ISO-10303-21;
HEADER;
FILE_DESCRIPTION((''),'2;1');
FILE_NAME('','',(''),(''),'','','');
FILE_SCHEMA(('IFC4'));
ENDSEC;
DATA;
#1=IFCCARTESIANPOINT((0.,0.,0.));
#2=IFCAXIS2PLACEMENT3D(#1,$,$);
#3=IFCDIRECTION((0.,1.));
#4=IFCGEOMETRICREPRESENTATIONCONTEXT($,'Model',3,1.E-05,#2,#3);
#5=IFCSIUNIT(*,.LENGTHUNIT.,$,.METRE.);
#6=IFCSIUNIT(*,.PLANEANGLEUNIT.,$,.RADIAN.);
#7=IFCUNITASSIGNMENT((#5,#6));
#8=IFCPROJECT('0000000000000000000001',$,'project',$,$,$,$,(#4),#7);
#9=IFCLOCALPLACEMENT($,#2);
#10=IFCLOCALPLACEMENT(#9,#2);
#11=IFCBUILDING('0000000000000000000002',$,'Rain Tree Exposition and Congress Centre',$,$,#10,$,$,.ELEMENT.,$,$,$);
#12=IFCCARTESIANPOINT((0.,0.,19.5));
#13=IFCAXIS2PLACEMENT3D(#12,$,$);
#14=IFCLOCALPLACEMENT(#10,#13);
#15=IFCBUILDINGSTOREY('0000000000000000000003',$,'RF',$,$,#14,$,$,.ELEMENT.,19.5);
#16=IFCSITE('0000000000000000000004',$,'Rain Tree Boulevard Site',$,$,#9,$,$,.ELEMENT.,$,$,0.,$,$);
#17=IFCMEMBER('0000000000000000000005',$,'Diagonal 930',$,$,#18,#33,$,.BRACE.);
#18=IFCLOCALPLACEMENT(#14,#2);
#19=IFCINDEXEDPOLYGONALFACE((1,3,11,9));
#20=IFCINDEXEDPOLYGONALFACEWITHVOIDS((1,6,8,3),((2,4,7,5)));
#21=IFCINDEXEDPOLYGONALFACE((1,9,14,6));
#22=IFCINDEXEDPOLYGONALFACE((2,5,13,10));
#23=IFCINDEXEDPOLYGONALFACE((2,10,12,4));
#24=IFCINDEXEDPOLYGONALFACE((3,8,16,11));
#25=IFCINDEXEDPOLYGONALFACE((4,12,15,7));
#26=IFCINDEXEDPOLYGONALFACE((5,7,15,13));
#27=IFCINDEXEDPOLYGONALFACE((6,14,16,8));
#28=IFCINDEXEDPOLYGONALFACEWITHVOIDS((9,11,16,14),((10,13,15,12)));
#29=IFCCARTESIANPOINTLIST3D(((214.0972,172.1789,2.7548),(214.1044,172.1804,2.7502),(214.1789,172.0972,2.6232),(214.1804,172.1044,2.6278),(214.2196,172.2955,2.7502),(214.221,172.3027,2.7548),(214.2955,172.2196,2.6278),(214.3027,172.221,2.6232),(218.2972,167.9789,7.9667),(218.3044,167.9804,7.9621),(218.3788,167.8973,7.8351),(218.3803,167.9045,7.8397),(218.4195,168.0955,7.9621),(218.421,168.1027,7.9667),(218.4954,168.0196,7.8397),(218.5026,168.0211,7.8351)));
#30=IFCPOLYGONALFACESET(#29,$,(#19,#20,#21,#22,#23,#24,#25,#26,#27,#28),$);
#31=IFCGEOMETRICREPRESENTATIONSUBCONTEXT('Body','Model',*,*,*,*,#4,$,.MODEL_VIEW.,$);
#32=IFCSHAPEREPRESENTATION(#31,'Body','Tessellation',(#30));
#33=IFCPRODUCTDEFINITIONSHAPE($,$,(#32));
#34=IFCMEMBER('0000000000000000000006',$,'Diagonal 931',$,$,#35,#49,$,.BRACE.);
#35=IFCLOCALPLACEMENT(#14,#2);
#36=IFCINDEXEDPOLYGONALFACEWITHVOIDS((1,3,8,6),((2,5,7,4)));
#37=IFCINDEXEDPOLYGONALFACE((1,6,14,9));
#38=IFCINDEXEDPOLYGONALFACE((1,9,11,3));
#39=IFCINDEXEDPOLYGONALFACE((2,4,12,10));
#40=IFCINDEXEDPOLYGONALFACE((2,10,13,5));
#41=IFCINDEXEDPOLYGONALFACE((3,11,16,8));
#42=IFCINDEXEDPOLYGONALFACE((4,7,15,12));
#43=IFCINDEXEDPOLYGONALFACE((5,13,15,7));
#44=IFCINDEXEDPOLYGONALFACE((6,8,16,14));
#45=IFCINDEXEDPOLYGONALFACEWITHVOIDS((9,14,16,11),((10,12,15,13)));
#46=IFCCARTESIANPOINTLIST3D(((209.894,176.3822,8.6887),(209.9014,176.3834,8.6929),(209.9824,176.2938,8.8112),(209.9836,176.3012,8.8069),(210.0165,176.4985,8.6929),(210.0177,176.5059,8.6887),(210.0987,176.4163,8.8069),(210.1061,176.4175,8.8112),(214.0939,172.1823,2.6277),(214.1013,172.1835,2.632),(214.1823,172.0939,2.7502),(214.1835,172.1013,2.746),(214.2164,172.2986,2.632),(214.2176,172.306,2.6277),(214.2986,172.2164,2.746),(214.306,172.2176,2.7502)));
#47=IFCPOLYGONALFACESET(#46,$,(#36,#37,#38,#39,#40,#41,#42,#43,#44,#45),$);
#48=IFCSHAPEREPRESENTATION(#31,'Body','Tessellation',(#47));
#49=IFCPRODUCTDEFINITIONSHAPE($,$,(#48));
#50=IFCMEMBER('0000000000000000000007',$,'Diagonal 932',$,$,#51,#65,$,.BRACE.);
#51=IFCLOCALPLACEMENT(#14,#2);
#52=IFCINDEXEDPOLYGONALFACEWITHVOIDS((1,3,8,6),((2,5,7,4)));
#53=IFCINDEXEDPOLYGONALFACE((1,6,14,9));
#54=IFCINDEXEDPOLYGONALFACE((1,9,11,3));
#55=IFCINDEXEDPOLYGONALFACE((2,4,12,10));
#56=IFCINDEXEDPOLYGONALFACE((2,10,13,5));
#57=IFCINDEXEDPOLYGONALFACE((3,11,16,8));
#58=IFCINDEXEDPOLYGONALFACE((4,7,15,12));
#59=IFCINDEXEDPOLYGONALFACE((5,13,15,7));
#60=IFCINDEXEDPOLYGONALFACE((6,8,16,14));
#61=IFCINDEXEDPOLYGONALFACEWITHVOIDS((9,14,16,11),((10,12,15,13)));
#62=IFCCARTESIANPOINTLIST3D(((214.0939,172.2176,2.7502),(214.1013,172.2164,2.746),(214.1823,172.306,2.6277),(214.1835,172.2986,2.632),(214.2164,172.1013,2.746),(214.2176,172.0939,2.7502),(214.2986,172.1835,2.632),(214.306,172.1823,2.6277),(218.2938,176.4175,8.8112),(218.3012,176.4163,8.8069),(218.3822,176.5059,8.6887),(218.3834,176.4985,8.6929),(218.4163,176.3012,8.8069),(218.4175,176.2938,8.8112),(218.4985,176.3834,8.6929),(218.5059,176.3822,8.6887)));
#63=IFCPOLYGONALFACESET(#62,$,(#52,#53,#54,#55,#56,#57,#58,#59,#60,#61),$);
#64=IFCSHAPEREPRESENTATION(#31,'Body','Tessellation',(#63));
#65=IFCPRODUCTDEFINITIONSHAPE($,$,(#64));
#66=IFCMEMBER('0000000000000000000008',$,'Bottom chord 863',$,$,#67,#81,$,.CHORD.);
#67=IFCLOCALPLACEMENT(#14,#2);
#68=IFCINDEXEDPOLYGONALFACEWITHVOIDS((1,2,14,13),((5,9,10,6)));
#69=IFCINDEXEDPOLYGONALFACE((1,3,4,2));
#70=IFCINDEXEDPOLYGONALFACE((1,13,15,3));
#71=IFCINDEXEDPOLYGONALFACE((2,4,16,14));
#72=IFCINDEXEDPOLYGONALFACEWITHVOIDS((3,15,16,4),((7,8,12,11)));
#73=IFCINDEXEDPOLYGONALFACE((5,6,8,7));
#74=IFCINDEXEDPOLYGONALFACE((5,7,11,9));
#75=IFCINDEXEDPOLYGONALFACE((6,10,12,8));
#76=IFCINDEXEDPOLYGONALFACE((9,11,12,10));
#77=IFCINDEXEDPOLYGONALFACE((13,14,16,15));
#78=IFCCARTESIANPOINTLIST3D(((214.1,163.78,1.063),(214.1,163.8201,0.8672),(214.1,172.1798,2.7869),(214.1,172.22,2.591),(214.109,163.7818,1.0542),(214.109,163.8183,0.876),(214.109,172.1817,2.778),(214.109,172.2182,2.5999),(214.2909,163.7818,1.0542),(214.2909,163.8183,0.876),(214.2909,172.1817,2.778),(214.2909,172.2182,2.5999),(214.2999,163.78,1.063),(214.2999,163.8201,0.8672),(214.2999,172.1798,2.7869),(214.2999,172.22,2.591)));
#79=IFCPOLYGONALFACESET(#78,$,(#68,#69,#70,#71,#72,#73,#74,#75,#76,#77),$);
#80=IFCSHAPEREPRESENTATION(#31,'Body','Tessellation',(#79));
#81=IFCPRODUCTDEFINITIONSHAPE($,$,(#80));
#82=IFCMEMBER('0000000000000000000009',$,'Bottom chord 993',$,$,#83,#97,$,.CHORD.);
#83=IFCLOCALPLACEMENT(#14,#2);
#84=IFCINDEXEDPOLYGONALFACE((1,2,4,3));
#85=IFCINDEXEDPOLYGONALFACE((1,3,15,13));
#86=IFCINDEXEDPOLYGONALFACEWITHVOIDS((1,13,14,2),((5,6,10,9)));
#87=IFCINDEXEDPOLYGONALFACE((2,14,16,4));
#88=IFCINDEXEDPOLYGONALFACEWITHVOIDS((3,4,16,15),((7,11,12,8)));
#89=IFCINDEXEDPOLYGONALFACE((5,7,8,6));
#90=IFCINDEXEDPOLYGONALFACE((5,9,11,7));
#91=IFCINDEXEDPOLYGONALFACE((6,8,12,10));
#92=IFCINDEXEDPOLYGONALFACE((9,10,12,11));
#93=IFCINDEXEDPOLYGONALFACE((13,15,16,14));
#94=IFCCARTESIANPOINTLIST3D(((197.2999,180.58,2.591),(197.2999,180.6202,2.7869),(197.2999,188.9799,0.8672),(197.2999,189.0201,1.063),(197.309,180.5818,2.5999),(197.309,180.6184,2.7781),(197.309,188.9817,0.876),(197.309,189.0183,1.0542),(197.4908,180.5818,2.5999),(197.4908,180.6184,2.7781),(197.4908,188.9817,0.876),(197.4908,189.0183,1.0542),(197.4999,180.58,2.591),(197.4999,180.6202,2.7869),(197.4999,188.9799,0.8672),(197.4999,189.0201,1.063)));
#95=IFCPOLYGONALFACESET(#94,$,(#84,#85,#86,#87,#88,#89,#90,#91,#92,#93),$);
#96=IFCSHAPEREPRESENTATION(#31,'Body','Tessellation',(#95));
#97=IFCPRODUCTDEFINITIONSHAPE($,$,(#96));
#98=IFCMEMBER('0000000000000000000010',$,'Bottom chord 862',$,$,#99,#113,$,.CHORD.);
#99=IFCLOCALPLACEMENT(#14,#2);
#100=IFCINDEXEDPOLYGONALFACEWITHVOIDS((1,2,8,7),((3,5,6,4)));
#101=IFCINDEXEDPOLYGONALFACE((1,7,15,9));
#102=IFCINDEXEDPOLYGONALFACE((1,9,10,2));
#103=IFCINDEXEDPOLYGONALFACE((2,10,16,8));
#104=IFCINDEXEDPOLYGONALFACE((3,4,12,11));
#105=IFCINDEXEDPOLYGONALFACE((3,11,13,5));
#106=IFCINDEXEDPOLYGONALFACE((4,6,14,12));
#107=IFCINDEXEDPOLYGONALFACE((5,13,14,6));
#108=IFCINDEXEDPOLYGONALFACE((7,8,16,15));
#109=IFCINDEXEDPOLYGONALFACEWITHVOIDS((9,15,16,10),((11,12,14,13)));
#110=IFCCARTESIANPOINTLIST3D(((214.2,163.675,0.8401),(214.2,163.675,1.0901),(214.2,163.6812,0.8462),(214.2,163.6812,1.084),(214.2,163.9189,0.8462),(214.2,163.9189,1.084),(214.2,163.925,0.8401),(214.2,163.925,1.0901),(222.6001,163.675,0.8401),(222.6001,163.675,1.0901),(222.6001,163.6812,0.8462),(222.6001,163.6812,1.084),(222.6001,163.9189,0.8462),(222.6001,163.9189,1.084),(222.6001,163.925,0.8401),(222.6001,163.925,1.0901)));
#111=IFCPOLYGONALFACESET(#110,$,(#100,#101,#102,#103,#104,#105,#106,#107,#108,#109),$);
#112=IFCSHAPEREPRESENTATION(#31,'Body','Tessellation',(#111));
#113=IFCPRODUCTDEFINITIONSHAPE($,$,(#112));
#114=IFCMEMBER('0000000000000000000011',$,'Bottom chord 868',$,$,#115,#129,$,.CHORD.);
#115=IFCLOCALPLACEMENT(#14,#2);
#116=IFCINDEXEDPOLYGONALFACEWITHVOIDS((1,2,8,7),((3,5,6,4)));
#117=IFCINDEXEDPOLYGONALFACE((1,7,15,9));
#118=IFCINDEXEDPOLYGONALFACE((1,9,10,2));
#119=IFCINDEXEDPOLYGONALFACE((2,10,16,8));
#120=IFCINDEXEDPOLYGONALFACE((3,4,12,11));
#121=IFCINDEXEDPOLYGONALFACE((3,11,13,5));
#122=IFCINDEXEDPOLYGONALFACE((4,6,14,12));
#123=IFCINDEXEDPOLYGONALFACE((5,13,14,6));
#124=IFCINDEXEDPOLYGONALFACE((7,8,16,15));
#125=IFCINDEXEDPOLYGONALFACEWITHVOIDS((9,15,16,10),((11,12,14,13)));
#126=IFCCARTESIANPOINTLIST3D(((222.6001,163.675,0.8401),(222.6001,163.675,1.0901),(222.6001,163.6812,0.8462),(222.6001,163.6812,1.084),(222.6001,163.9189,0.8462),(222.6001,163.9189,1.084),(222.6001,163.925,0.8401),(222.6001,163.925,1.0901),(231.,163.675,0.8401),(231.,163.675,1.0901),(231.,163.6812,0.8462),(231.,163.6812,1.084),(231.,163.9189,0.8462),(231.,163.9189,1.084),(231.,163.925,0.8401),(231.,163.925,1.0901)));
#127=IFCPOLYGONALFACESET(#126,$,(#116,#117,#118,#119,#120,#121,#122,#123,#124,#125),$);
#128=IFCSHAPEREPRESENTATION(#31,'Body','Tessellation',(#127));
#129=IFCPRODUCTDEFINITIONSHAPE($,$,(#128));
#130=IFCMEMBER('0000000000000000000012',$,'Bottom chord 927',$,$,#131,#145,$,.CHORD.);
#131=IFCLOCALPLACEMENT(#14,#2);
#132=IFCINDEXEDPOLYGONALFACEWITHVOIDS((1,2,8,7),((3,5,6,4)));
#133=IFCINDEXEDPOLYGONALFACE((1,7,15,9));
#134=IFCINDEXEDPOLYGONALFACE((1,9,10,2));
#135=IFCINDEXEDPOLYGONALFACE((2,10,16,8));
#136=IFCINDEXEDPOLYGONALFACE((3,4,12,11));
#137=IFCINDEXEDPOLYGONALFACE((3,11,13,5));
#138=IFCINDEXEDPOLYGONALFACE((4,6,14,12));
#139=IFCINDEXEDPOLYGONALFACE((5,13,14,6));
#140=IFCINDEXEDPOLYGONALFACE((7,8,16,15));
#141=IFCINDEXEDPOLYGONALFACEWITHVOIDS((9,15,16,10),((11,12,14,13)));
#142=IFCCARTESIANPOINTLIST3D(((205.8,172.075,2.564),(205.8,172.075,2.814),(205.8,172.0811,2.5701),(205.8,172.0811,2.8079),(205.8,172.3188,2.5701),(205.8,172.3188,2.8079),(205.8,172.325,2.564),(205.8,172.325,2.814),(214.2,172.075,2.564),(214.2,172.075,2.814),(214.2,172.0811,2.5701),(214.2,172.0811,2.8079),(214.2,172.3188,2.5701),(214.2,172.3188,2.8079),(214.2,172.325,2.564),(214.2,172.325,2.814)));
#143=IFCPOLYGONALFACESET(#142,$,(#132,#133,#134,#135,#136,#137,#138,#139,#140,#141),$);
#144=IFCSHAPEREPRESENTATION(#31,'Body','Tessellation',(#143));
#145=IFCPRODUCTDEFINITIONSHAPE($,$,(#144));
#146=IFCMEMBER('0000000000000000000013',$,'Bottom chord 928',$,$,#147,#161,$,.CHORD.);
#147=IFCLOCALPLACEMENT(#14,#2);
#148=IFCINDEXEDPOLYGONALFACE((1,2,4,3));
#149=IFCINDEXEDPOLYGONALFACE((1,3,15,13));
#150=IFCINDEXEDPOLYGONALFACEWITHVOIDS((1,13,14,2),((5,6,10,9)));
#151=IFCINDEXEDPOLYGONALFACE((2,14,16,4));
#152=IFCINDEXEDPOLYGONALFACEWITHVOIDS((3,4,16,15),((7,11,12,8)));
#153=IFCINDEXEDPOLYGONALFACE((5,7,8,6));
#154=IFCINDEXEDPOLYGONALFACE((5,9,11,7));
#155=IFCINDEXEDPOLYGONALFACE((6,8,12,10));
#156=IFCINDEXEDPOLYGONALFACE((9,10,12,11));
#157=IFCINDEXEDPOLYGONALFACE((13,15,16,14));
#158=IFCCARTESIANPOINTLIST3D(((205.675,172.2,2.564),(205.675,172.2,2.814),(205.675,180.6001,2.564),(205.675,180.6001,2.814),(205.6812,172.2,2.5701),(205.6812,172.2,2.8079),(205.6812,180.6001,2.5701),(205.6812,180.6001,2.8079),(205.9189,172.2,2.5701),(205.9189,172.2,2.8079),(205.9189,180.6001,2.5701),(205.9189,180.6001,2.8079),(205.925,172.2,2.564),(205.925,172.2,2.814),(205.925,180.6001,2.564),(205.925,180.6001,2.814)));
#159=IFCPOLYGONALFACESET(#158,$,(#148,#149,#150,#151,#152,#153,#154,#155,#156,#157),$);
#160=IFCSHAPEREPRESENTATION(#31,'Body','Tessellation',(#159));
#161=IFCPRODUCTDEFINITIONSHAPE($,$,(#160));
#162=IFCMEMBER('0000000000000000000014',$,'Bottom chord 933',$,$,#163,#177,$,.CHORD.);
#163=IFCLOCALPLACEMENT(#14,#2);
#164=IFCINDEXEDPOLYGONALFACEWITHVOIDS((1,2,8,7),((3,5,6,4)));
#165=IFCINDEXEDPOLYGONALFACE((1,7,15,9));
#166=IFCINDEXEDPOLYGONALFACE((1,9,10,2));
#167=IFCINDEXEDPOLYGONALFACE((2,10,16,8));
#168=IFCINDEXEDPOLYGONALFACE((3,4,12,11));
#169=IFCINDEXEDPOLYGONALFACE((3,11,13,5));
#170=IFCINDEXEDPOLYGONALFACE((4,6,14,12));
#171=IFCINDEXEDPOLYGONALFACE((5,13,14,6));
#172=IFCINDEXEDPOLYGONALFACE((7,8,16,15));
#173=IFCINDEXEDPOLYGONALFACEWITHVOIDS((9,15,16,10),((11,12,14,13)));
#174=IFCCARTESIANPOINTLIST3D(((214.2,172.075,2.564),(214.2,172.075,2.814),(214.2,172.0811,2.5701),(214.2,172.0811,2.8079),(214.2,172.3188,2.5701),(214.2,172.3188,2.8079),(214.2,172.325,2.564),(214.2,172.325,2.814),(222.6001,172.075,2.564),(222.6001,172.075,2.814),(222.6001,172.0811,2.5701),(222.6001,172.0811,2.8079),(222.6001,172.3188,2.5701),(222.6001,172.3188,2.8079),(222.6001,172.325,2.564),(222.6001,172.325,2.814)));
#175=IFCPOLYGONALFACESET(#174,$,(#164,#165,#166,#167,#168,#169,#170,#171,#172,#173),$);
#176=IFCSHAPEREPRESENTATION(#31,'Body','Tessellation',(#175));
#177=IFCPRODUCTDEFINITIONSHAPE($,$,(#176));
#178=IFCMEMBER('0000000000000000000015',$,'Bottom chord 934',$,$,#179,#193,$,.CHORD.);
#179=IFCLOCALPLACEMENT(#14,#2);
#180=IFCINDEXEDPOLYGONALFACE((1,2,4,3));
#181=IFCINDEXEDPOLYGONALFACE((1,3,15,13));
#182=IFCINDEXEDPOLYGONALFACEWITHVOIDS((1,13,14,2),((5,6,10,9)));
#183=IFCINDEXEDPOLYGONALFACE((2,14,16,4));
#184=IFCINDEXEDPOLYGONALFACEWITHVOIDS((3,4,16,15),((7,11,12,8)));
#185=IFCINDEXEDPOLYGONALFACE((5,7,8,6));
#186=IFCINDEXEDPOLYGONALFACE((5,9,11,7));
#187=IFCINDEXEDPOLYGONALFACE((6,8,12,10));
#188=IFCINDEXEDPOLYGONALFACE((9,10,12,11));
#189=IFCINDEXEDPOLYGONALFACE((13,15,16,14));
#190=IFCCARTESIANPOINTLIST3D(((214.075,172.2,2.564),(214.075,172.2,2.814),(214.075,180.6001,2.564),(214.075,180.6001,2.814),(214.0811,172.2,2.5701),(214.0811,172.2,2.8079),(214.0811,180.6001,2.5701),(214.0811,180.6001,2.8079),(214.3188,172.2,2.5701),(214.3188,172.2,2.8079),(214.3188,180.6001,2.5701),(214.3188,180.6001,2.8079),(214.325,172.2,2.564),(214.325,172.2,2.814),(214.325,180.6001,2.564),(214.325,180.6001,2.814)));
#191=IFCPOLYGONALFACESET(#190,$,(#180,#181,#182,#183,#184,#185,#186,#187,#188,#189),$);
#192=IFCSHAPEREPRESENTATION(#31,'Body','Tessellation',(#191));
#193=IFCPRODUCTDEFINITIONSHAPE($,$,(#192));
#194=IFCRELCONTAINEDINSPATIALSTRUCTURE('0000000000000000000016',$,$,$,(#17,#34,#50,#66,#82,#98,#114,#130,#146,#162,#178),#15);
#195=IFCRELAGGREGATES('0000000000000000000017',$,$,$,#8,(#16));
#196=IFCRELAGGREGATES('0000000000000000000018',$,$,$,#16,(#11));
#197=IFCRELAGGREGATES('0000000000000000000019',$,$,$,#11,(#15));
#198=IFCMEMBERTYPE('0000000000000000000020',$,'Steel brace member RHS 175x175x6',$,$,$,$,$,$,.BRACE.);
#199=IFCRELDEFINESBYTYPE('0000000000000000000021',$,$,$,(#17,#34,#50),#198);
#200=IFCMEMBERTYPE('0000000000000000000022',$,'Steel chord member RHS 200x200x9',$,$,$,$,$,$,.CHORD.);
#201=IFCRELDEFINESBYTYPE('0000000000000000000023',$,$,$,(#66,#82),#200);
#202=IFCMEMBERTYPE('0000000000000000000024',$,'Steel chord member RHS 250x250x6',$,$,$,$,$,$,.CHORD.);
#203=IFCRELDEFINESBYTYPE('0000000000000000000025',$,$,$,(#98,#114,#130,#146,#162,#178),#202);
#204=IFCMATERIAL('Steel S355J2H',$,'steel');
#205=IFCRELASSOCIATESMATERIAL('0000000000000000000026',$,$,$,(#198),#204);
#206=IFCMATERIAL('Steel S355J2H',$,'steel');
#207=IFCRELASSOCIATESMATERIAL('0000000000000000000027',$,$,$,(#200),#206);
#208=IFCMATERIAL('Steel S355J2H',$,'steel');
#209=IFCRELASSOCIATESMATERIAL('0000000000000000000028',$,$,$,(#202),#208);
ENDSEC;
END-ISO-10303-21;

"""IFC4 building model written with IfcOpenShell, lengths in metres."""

from ifc_helpers import new_model, si_unit, direction, frame, origin, origin_2d, place, context, subcontext, project, spatial, hollow_rectangle, extrude, material, material_profile, profile_set, type_object, element, save


model = new_model("IFC4")

# Units and contexts
model_context = context("Model", 3, precision=1e-05, world=origin(), true_north=direction((0.0, 1.0)))
body_context = subcontext(model_context, "Body", "Model", "MODEL_VIEW")
ifc_project = project(units=[si_unit("LENGTHUNIT", "METRE"), si_unit("PLANEANGLEUNIT", "RADIAN")], contexts=[model_context])

# Site, building, storey
site_placement = place(None, origin())
site = spatial("IfcSite", under=ifc_project, at=site_placement, Name="Rain Tree Boulevard Site", CompositionType="ELEMENT", RefElevation=0.0)
building_placement = place(site_placement, origin())
building = spatial("IfcBuilding", under=site, at=building_placement, Name="Rain Tree Exposition and Congress Centre", CompositionType="ELEMENT")
storey_placement = place(building_placement, frame((0.0, 0.0, 19.5)))
storey = spatial("IfcBuildingStorey", under=building, at=storey_placement, Name="RF", CompositionType="ELEMENT", Elevation=19.5)

# Members
ifc_material_1 = material(Name="Steel S355J2H", Category="steel")
ifc_material_profile_1 = material_profile(ifc_material_1, hollow_rectangle(XDim=0.175, YDim=0.175, WallThickness=0.0061, at=origin_2d()), Name="RHS 175x175x6")
ifc_profile_set_1 = profile_set([ifc_material_profile_1], Name="Steel S355J2H")
member_type_1 = type_object("IfcMemberType", Name="Steel brace member RHS 175x175x6", PredefinedType="BRACE", material=ifc_profile_set_1)
for number, where, z_axis, x_axis, name in (
    (1, (214.2, 172.2, 2.689), (0.531498, -0.531498, 0.65956), (0.707107, 0.707107, 0.0), "Diagonal 930"),
):
    element("IfcMember", number, at=place(storey_placement, frame(where, z_axis=z_axis, x_axis=x_axis)), inside=storey, type_object=member_type_1, Name=name, PredefinedType="BRACE", context=body_context, shape_type="SweptSolid", body=[
        extrude(hollow_rectangle(XDim=0.175, YDim=0.175, WallThickness=0.0061, at=origin_2d()), origin(), (0.0, 0.0, 1.0), 7.9021),
    ])
for number, where, z_axis, x_axis, name in (
    (2, (214.2, 172.2, 2.689), (-0.494916, 0.494916, 0.714224), (-0.707107, -0.707107, 0.0), "Diagonal 931"),
    (3, (214.2, 172.2, 2.689), (0.494916, 0.494916, 0.714224), (-0.707107, 0.707107, 0.0), "Diagonal 932"),
):
    element("IfcMember", number, at=place(storey_placement, frame(where, z_axis=z_axis, x_axis=x_axis)), inside=storey, type_object=member_type_1, Name=name, PredefinedType="BRACE", context=body_context, shape_type="SweptSolid", body=[
        extrude(hollow_rectangle(XDim=0.175, YDim=0.175, WallThickness=0.0061, at=origin_2d()), origin(), (0.0, 0.0, 1.0), 8.4861),
    ])
ifc_material_2 = material(Name="Steel S355J2H", Category="steel")
ifc_material_profile_2 = material_profile(ifc_material_2, hollow_rectangle(XDim=0.2, YDim=0.2, WallThickness=0.009, at=origin_2d()), Name="RHS 200x200x9")
ifc_profile_set_2 = profile_set([ifc_material_profile_2], Name="Steel S355J2H")
member_type_2 = type_object("IfcMemberType", Name="Steel chord member RHS 200x200x9", PredefinedType="CHORD", material=ifc_profile_set_2)
for number, where, z_axis, x_axis, name in (
    (4, (214.2, 163.8, 0.9651), (0.0, 0.979584, 0.201036), (-1.0, 0.0, 0.0), "Bottom chord 863"),
    (5, (197.3999, 180.6001, 2.689), (0.0, 0.979584, -0.201036), (-1.0, 0.0, 0.0), "Bottom chord 993"),
):
    element("IfcMember", number, at=place(storey_placement, frame(where, z_axis=z_axis, x_axis=x_axis)), inside=storey, type_object=member_type_2, Name=name, PredefinedType="CHORD", context=body_context, shape_type="SweptSolid", body=[
        extrude(hollow_rectangle(XDim=0.2, YDim=0.2, WallThickness=0.009, at=origin_2d()), origin(), (0.0, 0.0, 1.0), 8.575),
    ])
ifc_material_3 = material(Name="Steel S355J2H", Category="steel")
ifc_material_profile_3 = material_profile(ifc_material_3, hollow_rectangle(XDim=0.25, YDim=0.25, WallThickness=0.0061, at=origin_2d()), Name="RHS 250x250x6")
ifc_profile_set_3 = profile_set([ifc_material_profile_3], Name="Steel S355J2H")
member_type_3 = type_object("IfcMemberType", Name="Steel chord member RHS 250x250x6", PredefinedType="CHORD", material=ifc_profile_set_3)
member_1_placement = place(storey_placement, frame((214.2, 163.8, 0.9651), z_axis=(1.0, 0.0, 0.0), x_axis=(0.0, 1.0, 0.0)))
element("IfcMember", 6, at=member_1_placement, inside=storey, type_object=member_type_3, Name="Bottom chord 862", PredefinedType="CHORD", context=body_context, shape_type="SweptSolid", body=[
    extrude(hollow_rectangle(XDim=0.25, YDim=0.25, WallThickness=0.0061, at=origin_2d()), origin(), (0.0, 0.0, 1.0), 8.4001),
])
for number, where, z_axis, x_axis, name in (
    (7, (222.6001, 163.8, 0.9651), (1.0, 0.0, 0.0), (0.0, 1.0, 0.0), "Bottom chord 868"),
    (8, (205.8, 172.2, 2.689), (1.0, 0.0, 0.0), (0.0, 1.0, 0.0), "Bottom chord 927"),
):
    element("IfcMember", number, at=place(storey_placement, frame(where, z_axis=z_axis, x_axis=x_axis)), inside=storey, type_object=member_type_3, Name=name, PredefinedType="CHORD", context=body_context, shape_type="SweptSolid", body=[
        extrude(hollow_rectangle(XDim=0.25, YDim=0.25, WallThickness=0.0061, at=origin_2d()), origin(), (0.0, 0.0, 1.0), 8.3999),
    ])
for number, where, z_axis, x_axis, name in (
    (9, (205.8, 172.2, 2.689), (0.0, 1.0, 0.0), (-1.0, 0.0, 0.0), "Bottom chord 928"),
    (10, (214.2, 172.2, 2.689), (1.0, 0.0, 0.0), (0.0, 1.0, 0.0), "Bottom chord 933"),
    (11, (214.2, 172.2, 2.689), (0.0, 1.0, 0.0), (-1.0, 0.0, 0.0), "Bottom chord 934"),
):
    element("IfcMember", number, at=place(storey_placement, frame(where, z_axis=z_axis, x_axis=x_axis)), inside=storey, type_object=member_type_3, Name=name, PredefinedType="CHORD", context=body_context, shape_type="SweptSolid", body=[
        extrude(hollow_rectangle(XDim=0.25, YDim=0.25, WallThickness=0.0061, at=origin_2d()), origin(), (0.0, 0.0, 1.0), 8.4001),
    ])

save(model, "model.ifc")
